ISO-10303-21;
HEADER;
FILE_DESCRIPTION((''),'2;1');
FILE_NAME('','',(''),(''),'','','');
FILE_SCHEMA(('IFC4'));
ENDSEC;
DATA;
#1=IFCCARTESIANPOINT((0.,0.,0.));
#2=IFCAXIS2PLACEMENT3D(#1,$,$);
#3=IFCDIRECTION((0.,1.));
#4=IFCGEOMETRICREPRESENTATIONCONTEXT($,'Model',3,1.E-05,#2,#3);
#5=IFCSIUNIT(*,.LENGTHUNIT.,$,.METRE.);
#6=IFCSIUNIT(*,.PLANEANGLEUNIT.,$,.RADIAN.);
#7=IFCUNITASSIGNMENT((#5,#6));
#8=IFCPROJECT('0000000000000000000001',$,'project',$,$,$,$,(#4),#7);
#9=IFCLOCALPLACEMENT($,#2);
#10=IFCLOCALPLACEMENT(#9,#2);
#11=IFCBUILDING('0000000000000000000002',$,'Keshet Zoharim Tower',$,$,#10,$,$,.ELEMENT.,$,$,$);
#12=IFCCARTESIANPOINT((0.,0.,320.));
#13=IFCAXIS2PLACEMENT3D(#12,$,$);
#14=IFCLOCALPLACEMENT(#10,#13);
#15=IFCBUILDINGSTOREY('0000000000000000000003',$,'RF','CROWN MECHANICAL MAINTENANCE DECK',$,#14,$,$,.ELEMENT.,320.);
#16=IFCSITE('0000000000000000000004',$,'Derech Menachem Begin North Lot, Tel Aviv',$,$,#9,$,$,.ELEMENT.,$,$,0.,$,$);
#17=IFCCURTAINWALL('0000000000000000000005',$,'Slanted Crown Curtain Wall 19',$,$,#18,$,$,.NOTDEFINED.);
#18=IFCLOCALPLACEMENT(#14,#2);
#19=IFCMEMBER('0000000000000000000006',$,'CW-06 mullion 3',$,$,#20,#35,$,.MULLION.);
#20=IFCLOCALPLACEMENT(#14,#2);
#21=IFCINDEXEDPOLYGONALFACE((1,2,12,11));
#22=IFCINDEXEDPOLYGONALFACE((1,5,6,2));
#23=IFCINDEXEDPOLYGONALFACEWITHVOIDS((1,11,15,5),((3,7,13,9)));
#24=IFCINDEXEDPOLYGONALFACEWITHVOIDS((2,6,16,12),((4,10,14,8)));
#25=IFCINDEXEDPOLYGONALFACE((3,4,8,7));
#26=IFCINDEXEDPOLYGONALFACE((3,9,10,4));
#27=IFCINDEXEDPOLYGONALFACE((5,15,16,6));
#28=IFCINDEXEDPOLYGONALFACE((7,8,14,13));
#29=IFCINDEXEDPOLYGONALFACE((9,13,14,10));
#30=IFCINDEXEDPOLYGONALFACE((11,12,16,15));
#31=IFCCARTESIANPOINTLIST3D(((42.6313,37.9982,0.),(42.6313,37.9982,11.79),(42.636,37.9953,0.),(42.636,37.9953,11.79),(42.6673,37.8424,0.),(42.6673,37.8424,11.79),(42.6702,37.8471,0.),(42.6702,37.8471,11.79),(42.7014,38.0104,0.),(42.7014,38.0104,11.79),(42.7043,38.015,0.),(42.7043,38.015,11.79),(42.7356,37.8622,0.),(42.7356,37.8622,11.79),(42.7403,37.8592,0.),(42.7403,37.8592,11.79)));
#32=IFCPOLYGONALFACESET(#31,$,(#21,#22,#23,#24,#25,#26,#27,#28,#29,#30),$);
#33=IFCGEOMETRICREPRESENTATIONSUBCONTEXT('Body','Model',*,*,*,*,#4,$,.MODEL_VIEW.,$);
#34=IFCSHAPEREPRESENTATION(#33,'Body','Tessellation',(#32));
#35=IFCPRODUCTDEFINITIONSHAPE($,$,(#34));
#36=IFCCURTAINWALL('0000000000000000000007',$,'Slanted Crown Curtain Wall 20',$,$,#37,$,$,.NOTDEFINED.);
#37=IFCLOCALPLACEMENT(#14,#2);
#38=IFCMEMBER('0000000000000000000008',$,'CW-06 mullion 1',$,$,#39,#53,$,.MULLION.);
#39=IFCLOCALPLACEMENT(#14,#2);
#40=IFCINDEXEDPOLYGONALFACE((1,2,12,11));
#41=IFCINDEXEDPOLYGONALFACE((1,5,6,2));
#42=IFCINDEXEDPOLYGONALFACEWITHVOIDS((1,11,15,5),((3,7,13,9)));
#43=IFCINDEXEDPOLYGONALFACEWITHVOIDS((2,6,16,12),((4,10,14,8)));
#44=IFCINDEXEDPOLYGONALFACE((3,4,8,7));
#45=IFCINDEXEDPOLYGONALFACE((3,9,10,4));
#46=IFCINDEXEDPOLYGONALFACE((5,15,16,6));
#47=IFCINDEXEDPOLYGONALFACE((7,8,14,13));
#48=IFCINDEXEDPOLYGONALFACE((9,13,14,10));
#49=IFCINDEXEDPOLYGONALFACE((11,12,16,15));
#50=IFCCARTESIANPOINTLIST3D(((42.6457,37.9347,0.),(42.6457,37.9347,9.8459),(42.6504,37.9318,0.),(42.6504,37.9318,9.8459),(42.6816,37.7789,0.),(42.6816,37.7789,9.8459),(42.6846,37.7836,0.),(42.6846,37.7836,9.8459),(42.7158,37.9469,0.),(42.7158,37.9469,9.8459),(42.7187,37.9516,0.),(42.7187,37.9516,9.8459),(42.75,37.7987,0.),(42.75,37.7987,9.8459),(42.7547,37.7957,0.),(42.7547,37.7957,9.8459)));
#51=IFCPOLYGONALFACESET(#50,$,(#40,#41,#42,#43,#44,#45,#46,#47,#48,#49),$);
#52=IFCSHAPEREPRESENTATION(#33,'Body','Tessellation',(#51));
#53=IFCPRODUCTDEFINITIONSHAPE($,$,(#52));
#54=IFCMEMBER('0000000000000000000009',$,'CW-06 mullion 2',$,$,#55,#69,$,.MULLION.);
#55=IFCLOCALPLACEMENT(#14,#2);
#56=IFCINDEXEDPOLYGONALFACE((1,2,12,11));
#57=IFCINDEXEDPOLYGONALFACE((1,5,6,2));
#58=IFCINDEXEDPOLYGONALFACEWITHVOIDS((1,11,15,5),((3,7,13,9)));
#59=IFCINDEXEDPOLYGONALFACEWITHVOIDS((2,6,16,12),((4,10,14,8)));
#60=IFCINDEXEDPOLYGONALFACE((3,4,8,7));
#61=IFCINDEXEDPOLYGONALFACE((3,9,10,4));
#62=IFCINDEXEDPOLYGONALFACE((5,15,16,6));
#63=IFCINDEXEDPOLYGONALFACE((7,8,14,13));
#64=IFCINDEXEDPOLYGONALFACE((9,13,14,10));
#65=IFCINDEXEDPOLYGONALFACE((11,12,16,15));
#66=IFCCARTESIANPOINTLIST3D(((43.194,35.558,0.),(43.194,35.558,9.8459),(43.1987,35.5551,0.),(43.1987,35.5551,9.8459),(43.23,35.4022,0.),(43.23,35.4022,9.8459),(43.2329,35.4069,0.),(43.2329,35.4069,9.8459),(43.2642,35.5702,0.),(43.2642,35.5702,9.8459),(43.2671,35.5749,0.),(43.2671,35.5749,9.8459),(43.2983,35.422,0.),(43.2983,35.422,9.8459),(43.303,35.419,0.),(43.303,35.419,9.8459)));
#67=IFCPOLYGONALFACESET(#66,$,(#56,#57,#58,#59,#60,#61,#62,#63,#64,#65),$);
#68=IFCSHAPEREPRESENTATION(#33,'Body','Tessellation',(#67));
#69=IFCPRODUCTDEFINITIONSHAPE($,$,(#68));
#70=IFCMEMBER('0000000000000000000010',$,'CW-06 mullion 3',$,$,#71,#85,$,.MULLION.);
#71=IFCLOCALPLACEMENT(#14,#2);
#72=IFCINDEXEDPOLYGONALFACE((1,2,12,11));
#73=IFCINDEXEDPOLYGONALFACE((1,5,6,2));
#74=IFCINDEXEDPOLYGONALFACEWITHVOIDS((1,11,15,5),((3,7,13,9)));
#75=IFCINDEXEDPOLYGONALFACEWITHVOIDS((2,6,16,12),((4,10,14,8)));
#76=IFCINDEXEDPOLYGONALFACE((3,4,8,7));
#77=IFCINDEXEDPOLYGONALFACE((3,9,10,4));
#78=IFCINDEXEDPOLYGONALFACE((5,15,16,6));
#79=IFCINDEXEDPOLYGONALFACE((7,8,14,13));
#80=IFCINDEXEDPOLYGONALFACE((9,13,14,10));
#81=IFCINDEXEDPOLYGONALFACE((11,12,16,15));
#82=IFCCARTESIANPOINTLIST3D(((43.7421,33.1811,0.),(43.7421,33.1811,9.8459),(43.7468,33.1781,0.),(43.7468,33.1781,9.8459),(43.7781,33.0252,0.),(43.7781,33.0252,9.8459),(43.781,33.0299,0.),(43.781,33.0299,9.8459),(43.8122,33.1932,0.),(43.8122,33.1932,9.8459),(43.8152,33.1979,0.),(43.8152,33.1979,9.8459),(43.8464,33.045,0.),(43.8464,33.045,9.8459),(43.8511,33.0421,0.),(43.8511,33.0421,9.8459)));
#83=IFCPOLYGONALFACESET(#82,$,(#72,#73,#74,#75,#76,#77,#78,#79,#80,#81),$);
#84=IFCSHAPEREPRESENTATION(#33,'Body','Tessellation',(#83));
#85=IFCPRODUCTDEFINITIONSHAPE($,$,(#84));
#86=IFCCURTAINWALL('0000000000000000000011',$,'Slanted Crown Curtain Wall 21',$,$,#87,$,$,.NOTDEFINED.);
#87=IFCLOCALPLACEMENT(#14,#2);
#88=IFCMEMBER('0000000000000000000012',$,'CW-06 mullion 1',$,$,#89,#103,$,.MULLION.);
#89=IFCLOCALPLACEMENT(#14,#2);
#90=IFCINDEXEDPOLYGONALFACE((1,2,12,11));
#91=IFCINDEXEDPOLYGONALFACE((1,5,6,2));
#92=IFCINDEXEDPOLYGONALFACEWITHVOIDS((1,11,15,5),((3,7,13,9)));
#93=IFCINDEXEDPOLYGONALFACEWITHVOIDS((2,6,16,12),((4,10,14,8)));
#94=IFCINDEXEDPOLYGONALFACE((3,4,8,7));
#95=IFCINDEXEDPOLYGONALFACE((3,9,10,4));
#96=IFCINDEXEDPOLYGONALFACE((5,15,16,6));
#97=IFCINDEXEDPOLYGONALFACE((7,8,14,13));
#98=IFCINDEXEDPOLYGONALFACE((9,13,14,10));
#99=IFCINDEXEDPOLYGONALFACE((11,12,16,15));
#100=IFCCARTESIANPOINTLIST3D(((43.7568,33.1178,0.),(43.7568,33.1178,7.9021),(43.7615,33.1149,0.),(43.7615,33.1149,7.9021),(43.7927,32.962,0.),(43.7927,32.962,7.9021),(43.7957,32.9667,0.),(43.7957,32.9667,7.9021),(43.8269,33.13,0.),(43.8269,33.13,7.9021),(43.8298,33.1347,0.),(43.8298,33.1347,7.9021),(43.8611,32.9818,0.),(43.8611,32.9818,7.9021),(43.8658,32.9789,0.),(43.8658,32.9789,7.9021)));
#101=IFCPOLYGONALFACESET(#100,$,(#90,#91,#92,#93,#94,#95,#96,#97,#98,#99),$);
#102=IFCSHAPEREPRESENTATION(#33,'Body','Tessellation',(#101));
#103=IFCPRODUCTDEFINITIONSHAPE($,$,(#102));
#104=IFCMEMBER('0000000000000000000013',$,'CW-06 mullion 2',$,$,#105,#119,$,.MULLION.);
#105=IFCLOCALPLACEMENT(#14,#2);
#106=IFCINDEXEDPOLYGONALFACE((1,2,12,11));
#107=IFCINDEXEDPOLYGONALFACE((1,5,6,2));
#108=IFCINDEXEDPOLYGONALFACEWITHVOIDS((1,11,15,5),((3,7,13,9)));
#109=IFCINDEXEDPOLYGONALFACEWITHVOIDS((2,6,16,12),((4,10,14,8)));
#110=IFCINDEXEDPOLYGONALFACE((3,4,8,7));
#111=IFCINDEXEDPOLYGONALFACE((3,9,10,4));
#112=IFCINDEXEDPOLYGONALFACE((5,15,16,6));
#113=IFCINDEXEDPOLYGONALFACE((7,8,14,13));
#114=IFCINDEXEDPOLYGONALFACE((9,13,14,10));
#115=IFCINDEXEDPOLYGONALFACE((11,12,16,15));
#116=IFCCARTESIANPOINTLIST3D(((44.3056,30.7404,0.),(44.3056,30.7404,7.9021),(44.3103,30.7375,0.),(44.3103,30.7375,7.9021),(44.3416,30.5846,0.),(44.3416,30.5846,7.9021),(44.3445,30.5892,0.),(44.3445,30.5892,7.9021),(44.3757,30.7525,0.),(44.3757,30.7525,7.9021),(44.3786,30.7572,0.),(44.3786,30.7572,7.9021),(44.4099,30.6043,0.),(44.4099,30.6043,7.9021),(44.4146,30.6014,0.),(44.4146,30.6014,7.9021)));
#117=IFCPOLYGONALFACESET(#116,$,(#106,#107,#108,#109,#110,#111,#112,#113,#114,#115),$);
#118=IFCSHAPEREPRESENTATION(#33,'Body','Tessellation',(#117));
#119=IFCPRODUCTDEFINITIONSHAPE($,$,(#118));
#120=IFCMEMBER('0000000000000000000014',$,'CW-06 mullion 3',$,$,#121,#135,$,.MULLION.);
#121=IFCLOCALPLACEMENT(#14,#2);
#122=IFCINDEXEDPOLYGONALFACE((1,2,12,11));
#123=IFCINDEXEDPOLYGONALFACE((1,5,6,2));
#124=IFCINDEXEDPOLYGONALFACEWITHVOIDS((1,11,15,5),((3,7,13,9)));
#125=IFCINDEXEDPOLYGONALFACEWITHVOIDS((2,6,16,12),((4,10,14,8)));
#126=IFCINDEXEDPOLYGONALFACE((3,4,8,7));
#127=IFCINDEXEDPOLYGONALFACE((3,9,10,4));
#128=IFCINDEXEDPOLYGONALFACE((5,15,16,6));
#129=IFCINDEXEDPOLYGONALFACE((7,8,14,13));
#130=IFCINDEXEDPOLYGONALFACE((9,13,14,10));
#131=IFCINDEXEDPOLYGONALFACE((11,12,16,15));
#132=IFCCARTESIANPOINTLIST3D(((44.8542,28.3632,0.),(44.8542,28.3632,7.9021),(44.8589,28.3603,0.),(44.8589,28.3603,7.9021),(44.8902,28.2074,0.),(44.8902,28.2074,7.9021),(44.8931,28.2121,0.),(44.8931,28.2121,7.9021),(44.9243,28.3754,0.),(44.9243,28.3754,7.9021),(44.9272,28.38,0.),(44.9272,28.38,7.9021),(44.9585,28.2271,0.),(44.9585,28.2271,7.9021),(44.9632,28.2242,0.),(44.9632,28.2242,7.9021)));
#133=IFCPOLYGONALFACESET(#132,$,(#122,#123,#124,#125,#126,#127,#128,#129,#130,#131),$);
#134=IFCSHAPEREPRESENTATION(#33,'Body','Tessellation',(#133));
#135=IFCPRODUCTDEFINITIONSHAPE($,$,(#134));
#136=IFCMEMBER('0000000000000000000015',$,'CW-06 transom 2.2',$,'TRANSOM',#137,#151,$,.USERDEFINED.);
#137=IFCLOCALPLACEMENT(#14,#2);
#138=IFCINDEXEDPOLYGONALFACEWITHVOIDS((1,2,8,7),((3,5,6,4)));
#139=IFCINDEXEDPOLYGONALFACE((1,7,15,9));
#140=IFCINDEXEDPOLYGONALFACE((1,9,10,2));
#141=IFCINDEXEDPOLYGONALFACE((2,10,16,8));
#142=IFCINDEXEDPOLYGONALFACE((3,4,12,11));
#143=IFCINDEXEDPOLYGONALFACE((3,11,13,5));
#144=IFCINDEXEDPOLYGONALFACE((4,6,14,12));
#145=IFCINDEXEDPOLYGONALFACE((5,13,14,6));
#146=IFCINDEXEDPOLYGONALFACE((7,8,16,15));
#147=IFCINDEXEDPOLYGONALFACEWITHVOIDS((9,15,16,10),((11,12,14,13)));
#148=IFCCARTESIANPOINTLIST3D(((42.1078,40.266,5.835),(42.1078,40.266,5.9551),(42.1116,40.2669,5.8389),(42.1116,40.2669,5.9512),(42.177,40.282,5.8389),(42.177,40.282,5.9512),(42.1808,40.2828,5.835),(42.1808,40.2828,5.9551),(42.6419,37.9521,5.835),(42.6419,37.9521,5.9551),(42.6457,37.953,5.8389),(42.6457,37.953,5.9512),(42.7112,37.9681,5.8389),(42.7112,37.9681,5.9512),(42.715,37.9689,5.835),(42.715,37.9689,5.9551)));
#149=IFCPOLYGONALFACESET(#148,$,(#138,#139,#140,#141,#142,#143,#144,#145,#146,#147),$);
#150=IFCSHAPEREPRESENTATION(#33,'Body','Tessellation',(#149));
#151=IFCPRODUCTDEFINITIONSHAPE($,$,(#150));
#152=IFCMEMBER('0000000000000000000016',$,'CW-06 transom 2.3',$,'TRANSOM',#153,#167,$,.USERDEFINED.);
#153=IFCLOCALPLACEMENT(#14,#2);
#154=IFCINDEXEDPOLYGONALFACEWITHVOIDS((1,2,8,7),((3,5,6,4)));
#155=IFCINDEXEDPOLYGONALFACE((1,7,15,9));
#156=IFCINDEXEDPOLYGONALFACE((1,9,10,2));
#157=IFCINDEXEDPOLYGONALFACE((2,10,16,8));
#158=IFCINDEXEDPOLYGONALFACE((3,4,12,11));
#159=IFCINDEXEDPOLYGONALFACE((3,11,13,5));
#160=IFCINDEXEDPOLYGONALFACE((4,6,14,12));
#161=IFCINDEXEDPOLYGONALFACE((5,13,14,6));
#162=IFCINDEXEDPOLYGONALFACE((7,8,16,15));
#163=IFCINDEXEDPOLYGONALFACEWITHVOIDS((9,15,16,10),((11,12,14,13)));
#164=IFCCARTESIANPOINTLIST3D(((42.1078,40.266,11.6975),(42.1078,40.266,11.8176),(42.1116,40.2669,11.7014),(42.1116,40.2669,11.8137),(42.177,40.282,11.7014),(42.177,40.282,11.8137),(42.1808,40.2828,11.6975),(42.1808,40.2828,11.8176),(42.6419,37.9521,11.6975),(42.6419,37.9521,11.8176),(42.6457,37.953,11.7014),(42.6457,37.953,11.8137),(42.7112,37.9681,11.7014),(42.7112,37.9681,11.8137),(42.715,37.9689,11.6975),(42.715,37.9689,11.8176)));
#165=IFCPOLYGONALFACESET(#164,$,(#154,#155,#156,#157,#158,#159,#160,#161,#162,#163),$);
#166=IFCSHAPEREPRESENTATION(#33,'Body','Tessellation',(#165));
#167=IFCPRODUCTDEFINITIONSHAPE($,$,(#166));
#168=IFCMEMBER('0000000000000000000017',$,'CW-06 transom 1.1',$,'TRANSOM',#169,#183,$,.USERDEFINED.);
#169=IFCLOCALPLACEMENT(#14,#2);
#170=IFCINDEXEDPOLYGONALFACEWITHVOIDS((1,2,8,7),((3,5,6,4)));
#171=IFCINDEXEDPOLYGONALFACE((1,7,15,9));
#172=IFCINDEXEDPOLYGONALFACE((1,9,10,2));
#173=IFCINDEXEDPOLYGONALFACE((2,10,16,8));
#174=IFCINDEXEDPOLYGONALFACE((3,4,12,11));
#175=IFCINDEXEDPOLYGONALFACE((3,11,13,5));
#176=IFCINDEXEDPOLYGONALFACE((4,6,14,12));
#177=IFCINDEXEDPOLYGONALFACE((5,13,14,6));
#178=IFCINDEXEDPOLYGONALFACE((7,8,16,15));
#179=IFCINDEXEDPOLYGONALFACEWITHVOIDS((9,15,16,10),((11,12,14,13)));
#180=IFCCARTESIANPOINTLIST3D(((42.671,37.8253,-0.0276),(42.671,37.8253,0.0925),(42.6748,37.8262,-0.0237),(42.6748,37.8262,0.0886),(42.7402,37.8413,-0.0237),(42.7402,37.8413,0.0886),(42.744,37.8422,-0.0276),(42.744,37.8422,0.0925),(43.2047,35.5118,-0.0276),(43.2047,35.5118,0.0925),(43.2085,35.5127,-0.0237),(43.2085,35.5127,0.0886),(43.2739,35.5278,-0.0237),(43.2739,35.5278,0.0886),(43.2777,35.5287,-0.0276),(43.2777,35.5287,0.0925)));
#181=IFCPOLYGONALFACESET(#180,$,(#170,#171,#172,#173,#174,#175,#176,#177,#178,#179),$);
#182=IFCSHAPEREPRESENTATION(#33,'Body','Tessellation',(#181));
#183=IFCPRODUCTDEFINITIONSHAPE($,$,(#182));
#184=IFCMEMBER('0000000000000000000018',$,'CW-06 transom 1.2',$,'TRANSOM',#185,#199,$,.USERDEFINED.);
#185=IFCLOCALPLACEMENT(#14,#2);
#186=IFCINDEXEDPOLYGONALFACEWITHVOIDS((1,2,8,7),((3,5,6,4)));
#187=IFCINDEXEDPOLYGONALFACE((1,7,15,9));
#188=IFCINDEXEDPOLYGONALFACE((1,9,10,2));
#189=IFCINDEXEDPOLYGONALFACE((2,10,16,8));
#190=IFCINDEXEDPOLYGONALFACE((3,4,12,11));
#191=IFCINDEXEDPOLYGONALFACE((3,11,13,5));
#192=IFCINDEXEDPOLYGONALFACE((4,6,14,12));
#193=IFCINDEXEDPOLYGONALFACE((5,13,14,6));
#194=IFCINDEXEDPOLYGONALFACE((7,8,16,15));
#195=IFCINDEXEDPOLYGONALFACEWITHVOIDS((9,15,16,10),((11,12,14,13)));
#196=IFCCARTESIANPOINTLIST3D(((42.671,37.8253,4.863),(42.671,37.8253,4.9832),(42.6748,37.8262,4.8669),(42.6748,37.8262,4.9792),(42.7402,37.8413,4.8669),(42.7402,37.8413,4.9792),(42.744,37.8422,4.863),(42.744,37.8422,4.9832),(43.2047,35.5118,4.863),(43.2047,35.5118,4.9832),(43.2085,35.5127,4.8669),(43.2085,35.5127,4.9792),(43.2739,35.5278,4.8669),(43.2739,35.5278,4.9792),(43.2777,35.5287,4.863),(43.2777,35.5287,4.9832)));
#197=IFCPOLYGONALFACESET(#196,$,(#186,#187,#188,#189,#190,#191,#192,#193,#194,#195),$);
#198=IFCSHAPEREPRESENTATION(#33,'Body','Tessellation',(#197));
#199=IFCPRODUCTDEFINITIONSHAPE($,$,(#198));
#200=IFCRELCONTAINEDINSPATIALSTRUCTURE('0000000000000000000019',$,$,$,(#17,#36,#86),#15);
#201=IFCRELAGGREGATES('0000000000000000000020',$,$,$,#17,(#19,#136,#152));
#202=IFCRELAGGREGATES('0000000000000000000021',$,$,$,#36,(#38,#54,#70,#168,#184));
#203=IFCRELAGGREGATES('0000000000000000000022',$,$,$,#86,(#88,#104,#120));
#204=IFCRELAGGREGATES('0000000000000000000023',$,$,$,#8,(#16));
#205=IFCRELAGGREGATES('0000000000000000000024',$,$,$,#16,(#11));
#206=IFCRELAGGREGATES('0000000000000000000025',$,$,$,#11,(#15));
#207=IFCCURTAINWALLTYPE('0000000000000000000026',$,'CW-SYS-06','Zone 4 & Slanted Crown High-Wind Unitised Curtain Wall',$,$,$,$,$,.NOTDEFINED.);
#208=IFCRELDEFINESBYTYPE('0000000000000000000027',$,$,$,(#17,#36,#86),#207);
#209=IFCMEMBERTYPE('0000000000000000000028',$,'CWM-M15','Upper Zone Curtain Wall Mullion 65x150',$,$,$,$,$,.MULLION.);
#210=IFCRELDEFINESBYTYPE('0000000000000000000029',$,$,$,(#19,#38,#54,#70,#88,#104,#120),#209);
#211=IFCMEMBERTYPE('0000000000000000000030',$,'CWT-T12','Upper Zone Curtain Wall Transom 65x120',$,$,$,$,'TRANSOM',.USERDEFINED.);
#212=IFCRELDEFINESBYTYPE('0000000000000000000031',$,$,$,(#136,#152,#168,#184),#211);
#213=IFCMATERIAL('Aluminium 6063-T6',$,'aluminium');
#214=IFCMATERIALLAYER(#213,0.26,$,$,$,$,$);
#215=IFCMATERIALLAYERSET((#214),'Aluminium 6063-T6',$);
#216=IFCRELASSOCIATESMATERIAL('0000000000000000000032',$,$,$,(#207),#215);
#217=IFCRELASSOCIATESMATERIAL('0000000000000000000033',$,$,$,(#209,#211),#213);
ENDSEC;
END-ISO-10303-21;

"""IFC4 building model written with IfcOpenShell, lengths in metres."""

from ifc_helpers import new_model, si_unit, direction, frame, origin, origin_2d, place, context, subcontext, project, spatial, hollow_rectangle, extrude, material, layer, layer_set, material_profile, profile_set, type_object, element, aggregate, save


model = new_model("IFC4")

# Units and contexts
model_context = context("Model", 3, precision=1e-05, world=origin(), true_north=direction((0.0, 1.0)))
body_context = subcontext(model_context, "Body", "Model", "MODEL_VIEW")
ifc_project = project(units=[si_unit("LENGTHUNIT", "METRE"), si_unit("PLANEANGLEUNIT", "RADIAN")], contexts=[model_context])

# Site, building, storey
site_placement = place(None, origin())
site = spatial("IfcSite", under=ifc_project, at=site_placement, Name="Derech Menachem Begin North Lot, Tel Aviv", CompositionType="ELEMENT", RefElevation=0.0)
building_placement = place(site_placement, origin())
building = spatial("IfcBuilding", under=site, at=building_placement, Name="Keshet Zoharim Tower", CompositionType="ELEMENT")
storey_placement = place(building_placement, frame((0.0, 0.0, 320.0)))
storey = spatial("IfcBuildingStorey", under=building, at=storey_placement, Name="RF", Description="CROWN MECHANICAL MAINTENANCE DECK", CompositionType="ELEMENT", Elevation=320.0)

# Curtain wall, member
ifc_material_1 = material(Name="Aluminium 6063-T6", Category="aluminium")
ifc_layer_1 = layer(ifc_material_1, 0.26)
ifc_layer_set_1 = layer_set([ifc_layer_1], Name="Aluminium 6063-T6")
curtain_wall_type = type_object("IfcCurtainWallType", Name="CW-SYS-06", Description="Zone 4 & Slanted Crown High-Wind Unitised Curtain Wall", PredefinedType="NOTDEFINED", material=ifc_layer_set_1)
curtain_wall_1_placement = place(storey_placement, origin())
curtain_wall_1 = element("IfcCurtainWall", 1, at=curtain_wall_1_placement, inside=storey, type_object=curtain_wall_type, Name="Slanted Crown Curtain Wall 19", PredefinedType="NOTDEFINED")
ifc_material_profile_1 = material_profile(ifc_material_1, hollow_rectangle(XDim=0.075, YDim=0.1599, WallThickness=0.0039, at=origin_2d()), Name="MUL-75x160")
ifc_profile_set_1 = profile_set([ifc_material_profile_1], Name="Aluminium 6063-T6")
member_type_1 = type_object("IfcMemberType", Name="CWM-M15", Description="Upper Zone Curtain Wall Mullion 65x150", PredefinedType="MULLION", material=ifc_profile_set_1)
member_1_placement = place(storey_placement, frame((42.6858, 37.9287, 0.0), z_axis=(0.0, 0.0, 1.0), x_axis=(0.974384, 0.224889, 0.0)))
member_1 = element("IfcMember", 2, at=member_1_placement, type_object=member_type_1, Name="CW-06 mullion 3", PredefinedType="MULLION", context=body_context, shape_type="SweptSolid", body=[
    extrude(hollow_rectangle(XDim=0.075, YDim=0.1599, WallThickness=0.0039, at=origin_2d()), origin(), (0.0, 0.0, 1.0), 11.79),
])

# Curtain walls, members
curtain_wall_2_placement = place(storey_placement, origin())
curtain_wall_2 = element("IfcCurtainWall", 3, at=curtain_wall_2_placement, inside=storey, type_object=curtain_wall_type, Name="Slanted Crown Curtain Wall 20", PredefinedType="NOTDEFINED")
member_2_placement = place(storey_placement, frame((42.7002, 37.8652, 0.0), z_axis=(0.0, 0.0, 1.0), x_axis=(0.974418, 0.224741, 0.0)))
member_2 = element("IfcMember", 4, at=member_2_placement, type_object=member_type_1, Name="CW-06 mullion 1", PredefinedType="MULLION", context=body_context, shape_type="SweptSolid", body=[
    extrude(hollow_rectangle(XDim=0.075, YDim=0.1599, WallThickness=0.0039, at=origin_2d()), origin(), (0.0, 0.0, 1.0), 9.8459),
])
member_3_placement = place(storey_placement, frame((43.2485, 35.4885, 0.0), z_axis=(0.0, 0.0, 1.0), x_axis=(0.974418, 0.224741, 0.0)))
member_3 = element("IfcMember", 5, at=member_3_placement, type_object=member_type_1, Name="CW-06 mullion 2", PredefinedType="MULLION", context=body_context, shape_type="SweptSolid", body=[
    extrude(hollow_rectangle(XDim=0.075, YDim=0.1599, WallThickness=0.0039, at=origin_2d()), origin(), (0.0, 0.0, 1.0), 9.8459),
])
member_4_placement = place(storey_placement, frame((43.7966, 33.1116, 0.0), z_axis=(0.0, 0.0, 1.0), x_axis=(0.974418, 0.224741, 0.0)))
member_4 = element("IfcMember", 6, at=member_4_placement, type_object=member_type_1, Name="CW-06 mullion 3", PredefinedType="MULLION", context=body_context, shape_type="SweptSolid", body=[
    extrude(hollow_rectangle(XDim=0.075, YDim=0.1599, WallThickness=0.0039, at=origin_2d()), origin(), (0.0, 0.0, 1.0), 9.8459),
])
curtain_wall_3_placement = place(storey_placement, origin())
curtain_wall_3 = element("IfcCurtainWall", 7, at=curtain_wall_3_placement, inside=storey, type_object=curtain_wall_type, Name="Slanted Crown Curtain Wall 21", PredefinedType="NOTDEFINED")
member_5_placement = place(storey_placement, frame((43.8113, 33.0483, 0.0), z_axis=(0.0, 0.0, 1.0), x_axis=(0.974384, 0.224889, 0.0)))
member_5 = element("IfcMember", 8, at=member_5_placement, type_object=member_type_1, Name="CW-06 mullion 1", PredefinedType="MULLION", context=body_context, shape_type="SweptSolid", body=[
    extrude(hollow_rectangle(XDim=0.075, YDim=0.1599, WallThickness=0.0039, at=origin_2d()), origin(), (0.0, 0.0, 1.0), 7.9021),
])
member_6_placement = place(storey_placement, frame((44.3601, 30.6709, 0.0), z_axis=(0.0, 0.0, 1.0), x_axis=(0.974384, 0.224889, 0.0)))
member_6 = element("IfcMember", 9, at=member_6_placement, type_object=member_type_1, Name="CW-06 mullion 2", PredefinedType="MULLION", context=body_context, shape_type="SweptSolid", body=[
    extrude(hollow_rectangle(XDim=0.075, YDim=0.1599, WallThickness=0.0039, at=origin_2d()), origin(), (0.0, 0.0, 1.0), 7.9021),
])
member_7_placement = place(storey_placement, frame((44.9087, 28.2937, 0.0), z_axis=(0.0, 0.0, 1.0), x_axis=(0.974384, 0.224889, 0.0)))
member_7 = element("IfcMember", 10, at=member_7_placement, type_object=member_type_1, Name="CW-06 mullion 3", PredefinedType="MULLION", context=body_context, shape_type="SweptSolid", body=[
    extrude(hollow_rectangle(XDim=0.075, YDim=0.1599, WallThickness=0.0039, at=origin_2d()), origin(), (0.0, 0.0, 1.0), 7.9021),
])

# Members
ifc_material_profile_2 = material_profile(ifc_material_1, hollow_rectangle(XDim=0.075, YDim=0.1201, WallThickness=0.0039, at=origin_2d()), Name="TRN-75x120")
ifc_profile_set_2 = profile_set([ifc_material_profile_2], Name="Aluminium 6063-T6")
member_type_2 = type_object("IfcMemberType", Name="CWT-T12", Description="Upper Zone Curtain Wall Transom 65x120", ElementType="TRANSOM", PredefinedType="USERDEFINED", material=ifc_profile_set_2)
member_8_placement = place(storey_placement, frame((42.1443, 40.2744, 5.895), z_axis=(0.224935, -0.974374, 0.0), x_axis=(0.974374, 0.224935, 0.0)))
member_8 = element("IfcMember", 11, at=member_8_placement, type_object=member_type_2, Name="CW-06 transom 2.2", ObjectType="TRANSOM", PredefinedType="USERDEFINED", context=body_context, shape_type="SweptSolid", body=[
    extrude(hollow_rectangle(XDim=0.075, YDim=0.1201, WallThickness=0.0039, at=origin_2d()), origin(), (0.0, 0.0, 1.0), 2.3748),
])
member_9_placement = place(storey_placement, frame((42.1443, 40.2744, 11.7576), z_axis=(0.224935, -0.974374, 0.0), x_axis=(0.974374, 0.224935, 0.0)))
member_9 = element("IfcMember", 12, at=member_9_placement, type_object=member_type_2, Name="CW-06 transom 2.3", ObjectType="TRANSOM", PredefinedType="USERDEFINED", context=body_context, shape_type="SweptSolid", body=[
    extrude(hollow_rectangle(XDim=0.075, YDim=0.1201, WallThickness=0.0039, at=origin_2d()), origin(), (0.0, 0.0, 1.0), 2.3748),
])
member_10_placement = place(storey_placement, frame((42.7075, 37.8337, 0.0325), z_axis=(0.224784, -0.974409, 0.0), x_axis=(0.974409, 0.224784, 0.0)))
member_10 = element("IfcMember", 13, at=member_10_placement, type_object=member_type_2, Name="CW-06 transom 1.1", ObjectType="TRANSOM", PredefinedType="USERDEFINED", context=body_context, shape_type="SweptSolid", body=[
    extrude(hollow_rectangle(XDim=0.075, YDim=0.1201, WallThickness=0.0039, at=origin_2d()), origin(), (0.0, 0.0, 1.0), 2.3743),
])
member_11_placement = place(storey_placement, frame((42.7075, 37.8337, 4.9231), z_axis=(0.224784, -0.974409, 0.0), x_axis=(0.974409, 0.224784, 0.0)))
member_11 = element("IfcMember", 14, at=member_11_placement, type_object=member_type_2, Name="CW-06 transom 1.2", ObjectType="TRANSOM", PredefinedType="USERDEFINED", context=body_context, shape_type="SweptSolid", body=[
    extrude(hollow_rectangle(XDim=0.075, YDim=0.1201, WallThickness=0.0039, at=origin_2d()), origin(), (0.0, 0.0, 1.0), 2.3743),
])

aggregate(curtain_wall_1, [member_1, member_8, member_9])
aggregate(curtain_wall_2, [member_2, member_3, member_4, member_10, member_11])
aggregate(curtain_wall_3, [member_5, member_6, member_7])

save(model, "model.ifc")
